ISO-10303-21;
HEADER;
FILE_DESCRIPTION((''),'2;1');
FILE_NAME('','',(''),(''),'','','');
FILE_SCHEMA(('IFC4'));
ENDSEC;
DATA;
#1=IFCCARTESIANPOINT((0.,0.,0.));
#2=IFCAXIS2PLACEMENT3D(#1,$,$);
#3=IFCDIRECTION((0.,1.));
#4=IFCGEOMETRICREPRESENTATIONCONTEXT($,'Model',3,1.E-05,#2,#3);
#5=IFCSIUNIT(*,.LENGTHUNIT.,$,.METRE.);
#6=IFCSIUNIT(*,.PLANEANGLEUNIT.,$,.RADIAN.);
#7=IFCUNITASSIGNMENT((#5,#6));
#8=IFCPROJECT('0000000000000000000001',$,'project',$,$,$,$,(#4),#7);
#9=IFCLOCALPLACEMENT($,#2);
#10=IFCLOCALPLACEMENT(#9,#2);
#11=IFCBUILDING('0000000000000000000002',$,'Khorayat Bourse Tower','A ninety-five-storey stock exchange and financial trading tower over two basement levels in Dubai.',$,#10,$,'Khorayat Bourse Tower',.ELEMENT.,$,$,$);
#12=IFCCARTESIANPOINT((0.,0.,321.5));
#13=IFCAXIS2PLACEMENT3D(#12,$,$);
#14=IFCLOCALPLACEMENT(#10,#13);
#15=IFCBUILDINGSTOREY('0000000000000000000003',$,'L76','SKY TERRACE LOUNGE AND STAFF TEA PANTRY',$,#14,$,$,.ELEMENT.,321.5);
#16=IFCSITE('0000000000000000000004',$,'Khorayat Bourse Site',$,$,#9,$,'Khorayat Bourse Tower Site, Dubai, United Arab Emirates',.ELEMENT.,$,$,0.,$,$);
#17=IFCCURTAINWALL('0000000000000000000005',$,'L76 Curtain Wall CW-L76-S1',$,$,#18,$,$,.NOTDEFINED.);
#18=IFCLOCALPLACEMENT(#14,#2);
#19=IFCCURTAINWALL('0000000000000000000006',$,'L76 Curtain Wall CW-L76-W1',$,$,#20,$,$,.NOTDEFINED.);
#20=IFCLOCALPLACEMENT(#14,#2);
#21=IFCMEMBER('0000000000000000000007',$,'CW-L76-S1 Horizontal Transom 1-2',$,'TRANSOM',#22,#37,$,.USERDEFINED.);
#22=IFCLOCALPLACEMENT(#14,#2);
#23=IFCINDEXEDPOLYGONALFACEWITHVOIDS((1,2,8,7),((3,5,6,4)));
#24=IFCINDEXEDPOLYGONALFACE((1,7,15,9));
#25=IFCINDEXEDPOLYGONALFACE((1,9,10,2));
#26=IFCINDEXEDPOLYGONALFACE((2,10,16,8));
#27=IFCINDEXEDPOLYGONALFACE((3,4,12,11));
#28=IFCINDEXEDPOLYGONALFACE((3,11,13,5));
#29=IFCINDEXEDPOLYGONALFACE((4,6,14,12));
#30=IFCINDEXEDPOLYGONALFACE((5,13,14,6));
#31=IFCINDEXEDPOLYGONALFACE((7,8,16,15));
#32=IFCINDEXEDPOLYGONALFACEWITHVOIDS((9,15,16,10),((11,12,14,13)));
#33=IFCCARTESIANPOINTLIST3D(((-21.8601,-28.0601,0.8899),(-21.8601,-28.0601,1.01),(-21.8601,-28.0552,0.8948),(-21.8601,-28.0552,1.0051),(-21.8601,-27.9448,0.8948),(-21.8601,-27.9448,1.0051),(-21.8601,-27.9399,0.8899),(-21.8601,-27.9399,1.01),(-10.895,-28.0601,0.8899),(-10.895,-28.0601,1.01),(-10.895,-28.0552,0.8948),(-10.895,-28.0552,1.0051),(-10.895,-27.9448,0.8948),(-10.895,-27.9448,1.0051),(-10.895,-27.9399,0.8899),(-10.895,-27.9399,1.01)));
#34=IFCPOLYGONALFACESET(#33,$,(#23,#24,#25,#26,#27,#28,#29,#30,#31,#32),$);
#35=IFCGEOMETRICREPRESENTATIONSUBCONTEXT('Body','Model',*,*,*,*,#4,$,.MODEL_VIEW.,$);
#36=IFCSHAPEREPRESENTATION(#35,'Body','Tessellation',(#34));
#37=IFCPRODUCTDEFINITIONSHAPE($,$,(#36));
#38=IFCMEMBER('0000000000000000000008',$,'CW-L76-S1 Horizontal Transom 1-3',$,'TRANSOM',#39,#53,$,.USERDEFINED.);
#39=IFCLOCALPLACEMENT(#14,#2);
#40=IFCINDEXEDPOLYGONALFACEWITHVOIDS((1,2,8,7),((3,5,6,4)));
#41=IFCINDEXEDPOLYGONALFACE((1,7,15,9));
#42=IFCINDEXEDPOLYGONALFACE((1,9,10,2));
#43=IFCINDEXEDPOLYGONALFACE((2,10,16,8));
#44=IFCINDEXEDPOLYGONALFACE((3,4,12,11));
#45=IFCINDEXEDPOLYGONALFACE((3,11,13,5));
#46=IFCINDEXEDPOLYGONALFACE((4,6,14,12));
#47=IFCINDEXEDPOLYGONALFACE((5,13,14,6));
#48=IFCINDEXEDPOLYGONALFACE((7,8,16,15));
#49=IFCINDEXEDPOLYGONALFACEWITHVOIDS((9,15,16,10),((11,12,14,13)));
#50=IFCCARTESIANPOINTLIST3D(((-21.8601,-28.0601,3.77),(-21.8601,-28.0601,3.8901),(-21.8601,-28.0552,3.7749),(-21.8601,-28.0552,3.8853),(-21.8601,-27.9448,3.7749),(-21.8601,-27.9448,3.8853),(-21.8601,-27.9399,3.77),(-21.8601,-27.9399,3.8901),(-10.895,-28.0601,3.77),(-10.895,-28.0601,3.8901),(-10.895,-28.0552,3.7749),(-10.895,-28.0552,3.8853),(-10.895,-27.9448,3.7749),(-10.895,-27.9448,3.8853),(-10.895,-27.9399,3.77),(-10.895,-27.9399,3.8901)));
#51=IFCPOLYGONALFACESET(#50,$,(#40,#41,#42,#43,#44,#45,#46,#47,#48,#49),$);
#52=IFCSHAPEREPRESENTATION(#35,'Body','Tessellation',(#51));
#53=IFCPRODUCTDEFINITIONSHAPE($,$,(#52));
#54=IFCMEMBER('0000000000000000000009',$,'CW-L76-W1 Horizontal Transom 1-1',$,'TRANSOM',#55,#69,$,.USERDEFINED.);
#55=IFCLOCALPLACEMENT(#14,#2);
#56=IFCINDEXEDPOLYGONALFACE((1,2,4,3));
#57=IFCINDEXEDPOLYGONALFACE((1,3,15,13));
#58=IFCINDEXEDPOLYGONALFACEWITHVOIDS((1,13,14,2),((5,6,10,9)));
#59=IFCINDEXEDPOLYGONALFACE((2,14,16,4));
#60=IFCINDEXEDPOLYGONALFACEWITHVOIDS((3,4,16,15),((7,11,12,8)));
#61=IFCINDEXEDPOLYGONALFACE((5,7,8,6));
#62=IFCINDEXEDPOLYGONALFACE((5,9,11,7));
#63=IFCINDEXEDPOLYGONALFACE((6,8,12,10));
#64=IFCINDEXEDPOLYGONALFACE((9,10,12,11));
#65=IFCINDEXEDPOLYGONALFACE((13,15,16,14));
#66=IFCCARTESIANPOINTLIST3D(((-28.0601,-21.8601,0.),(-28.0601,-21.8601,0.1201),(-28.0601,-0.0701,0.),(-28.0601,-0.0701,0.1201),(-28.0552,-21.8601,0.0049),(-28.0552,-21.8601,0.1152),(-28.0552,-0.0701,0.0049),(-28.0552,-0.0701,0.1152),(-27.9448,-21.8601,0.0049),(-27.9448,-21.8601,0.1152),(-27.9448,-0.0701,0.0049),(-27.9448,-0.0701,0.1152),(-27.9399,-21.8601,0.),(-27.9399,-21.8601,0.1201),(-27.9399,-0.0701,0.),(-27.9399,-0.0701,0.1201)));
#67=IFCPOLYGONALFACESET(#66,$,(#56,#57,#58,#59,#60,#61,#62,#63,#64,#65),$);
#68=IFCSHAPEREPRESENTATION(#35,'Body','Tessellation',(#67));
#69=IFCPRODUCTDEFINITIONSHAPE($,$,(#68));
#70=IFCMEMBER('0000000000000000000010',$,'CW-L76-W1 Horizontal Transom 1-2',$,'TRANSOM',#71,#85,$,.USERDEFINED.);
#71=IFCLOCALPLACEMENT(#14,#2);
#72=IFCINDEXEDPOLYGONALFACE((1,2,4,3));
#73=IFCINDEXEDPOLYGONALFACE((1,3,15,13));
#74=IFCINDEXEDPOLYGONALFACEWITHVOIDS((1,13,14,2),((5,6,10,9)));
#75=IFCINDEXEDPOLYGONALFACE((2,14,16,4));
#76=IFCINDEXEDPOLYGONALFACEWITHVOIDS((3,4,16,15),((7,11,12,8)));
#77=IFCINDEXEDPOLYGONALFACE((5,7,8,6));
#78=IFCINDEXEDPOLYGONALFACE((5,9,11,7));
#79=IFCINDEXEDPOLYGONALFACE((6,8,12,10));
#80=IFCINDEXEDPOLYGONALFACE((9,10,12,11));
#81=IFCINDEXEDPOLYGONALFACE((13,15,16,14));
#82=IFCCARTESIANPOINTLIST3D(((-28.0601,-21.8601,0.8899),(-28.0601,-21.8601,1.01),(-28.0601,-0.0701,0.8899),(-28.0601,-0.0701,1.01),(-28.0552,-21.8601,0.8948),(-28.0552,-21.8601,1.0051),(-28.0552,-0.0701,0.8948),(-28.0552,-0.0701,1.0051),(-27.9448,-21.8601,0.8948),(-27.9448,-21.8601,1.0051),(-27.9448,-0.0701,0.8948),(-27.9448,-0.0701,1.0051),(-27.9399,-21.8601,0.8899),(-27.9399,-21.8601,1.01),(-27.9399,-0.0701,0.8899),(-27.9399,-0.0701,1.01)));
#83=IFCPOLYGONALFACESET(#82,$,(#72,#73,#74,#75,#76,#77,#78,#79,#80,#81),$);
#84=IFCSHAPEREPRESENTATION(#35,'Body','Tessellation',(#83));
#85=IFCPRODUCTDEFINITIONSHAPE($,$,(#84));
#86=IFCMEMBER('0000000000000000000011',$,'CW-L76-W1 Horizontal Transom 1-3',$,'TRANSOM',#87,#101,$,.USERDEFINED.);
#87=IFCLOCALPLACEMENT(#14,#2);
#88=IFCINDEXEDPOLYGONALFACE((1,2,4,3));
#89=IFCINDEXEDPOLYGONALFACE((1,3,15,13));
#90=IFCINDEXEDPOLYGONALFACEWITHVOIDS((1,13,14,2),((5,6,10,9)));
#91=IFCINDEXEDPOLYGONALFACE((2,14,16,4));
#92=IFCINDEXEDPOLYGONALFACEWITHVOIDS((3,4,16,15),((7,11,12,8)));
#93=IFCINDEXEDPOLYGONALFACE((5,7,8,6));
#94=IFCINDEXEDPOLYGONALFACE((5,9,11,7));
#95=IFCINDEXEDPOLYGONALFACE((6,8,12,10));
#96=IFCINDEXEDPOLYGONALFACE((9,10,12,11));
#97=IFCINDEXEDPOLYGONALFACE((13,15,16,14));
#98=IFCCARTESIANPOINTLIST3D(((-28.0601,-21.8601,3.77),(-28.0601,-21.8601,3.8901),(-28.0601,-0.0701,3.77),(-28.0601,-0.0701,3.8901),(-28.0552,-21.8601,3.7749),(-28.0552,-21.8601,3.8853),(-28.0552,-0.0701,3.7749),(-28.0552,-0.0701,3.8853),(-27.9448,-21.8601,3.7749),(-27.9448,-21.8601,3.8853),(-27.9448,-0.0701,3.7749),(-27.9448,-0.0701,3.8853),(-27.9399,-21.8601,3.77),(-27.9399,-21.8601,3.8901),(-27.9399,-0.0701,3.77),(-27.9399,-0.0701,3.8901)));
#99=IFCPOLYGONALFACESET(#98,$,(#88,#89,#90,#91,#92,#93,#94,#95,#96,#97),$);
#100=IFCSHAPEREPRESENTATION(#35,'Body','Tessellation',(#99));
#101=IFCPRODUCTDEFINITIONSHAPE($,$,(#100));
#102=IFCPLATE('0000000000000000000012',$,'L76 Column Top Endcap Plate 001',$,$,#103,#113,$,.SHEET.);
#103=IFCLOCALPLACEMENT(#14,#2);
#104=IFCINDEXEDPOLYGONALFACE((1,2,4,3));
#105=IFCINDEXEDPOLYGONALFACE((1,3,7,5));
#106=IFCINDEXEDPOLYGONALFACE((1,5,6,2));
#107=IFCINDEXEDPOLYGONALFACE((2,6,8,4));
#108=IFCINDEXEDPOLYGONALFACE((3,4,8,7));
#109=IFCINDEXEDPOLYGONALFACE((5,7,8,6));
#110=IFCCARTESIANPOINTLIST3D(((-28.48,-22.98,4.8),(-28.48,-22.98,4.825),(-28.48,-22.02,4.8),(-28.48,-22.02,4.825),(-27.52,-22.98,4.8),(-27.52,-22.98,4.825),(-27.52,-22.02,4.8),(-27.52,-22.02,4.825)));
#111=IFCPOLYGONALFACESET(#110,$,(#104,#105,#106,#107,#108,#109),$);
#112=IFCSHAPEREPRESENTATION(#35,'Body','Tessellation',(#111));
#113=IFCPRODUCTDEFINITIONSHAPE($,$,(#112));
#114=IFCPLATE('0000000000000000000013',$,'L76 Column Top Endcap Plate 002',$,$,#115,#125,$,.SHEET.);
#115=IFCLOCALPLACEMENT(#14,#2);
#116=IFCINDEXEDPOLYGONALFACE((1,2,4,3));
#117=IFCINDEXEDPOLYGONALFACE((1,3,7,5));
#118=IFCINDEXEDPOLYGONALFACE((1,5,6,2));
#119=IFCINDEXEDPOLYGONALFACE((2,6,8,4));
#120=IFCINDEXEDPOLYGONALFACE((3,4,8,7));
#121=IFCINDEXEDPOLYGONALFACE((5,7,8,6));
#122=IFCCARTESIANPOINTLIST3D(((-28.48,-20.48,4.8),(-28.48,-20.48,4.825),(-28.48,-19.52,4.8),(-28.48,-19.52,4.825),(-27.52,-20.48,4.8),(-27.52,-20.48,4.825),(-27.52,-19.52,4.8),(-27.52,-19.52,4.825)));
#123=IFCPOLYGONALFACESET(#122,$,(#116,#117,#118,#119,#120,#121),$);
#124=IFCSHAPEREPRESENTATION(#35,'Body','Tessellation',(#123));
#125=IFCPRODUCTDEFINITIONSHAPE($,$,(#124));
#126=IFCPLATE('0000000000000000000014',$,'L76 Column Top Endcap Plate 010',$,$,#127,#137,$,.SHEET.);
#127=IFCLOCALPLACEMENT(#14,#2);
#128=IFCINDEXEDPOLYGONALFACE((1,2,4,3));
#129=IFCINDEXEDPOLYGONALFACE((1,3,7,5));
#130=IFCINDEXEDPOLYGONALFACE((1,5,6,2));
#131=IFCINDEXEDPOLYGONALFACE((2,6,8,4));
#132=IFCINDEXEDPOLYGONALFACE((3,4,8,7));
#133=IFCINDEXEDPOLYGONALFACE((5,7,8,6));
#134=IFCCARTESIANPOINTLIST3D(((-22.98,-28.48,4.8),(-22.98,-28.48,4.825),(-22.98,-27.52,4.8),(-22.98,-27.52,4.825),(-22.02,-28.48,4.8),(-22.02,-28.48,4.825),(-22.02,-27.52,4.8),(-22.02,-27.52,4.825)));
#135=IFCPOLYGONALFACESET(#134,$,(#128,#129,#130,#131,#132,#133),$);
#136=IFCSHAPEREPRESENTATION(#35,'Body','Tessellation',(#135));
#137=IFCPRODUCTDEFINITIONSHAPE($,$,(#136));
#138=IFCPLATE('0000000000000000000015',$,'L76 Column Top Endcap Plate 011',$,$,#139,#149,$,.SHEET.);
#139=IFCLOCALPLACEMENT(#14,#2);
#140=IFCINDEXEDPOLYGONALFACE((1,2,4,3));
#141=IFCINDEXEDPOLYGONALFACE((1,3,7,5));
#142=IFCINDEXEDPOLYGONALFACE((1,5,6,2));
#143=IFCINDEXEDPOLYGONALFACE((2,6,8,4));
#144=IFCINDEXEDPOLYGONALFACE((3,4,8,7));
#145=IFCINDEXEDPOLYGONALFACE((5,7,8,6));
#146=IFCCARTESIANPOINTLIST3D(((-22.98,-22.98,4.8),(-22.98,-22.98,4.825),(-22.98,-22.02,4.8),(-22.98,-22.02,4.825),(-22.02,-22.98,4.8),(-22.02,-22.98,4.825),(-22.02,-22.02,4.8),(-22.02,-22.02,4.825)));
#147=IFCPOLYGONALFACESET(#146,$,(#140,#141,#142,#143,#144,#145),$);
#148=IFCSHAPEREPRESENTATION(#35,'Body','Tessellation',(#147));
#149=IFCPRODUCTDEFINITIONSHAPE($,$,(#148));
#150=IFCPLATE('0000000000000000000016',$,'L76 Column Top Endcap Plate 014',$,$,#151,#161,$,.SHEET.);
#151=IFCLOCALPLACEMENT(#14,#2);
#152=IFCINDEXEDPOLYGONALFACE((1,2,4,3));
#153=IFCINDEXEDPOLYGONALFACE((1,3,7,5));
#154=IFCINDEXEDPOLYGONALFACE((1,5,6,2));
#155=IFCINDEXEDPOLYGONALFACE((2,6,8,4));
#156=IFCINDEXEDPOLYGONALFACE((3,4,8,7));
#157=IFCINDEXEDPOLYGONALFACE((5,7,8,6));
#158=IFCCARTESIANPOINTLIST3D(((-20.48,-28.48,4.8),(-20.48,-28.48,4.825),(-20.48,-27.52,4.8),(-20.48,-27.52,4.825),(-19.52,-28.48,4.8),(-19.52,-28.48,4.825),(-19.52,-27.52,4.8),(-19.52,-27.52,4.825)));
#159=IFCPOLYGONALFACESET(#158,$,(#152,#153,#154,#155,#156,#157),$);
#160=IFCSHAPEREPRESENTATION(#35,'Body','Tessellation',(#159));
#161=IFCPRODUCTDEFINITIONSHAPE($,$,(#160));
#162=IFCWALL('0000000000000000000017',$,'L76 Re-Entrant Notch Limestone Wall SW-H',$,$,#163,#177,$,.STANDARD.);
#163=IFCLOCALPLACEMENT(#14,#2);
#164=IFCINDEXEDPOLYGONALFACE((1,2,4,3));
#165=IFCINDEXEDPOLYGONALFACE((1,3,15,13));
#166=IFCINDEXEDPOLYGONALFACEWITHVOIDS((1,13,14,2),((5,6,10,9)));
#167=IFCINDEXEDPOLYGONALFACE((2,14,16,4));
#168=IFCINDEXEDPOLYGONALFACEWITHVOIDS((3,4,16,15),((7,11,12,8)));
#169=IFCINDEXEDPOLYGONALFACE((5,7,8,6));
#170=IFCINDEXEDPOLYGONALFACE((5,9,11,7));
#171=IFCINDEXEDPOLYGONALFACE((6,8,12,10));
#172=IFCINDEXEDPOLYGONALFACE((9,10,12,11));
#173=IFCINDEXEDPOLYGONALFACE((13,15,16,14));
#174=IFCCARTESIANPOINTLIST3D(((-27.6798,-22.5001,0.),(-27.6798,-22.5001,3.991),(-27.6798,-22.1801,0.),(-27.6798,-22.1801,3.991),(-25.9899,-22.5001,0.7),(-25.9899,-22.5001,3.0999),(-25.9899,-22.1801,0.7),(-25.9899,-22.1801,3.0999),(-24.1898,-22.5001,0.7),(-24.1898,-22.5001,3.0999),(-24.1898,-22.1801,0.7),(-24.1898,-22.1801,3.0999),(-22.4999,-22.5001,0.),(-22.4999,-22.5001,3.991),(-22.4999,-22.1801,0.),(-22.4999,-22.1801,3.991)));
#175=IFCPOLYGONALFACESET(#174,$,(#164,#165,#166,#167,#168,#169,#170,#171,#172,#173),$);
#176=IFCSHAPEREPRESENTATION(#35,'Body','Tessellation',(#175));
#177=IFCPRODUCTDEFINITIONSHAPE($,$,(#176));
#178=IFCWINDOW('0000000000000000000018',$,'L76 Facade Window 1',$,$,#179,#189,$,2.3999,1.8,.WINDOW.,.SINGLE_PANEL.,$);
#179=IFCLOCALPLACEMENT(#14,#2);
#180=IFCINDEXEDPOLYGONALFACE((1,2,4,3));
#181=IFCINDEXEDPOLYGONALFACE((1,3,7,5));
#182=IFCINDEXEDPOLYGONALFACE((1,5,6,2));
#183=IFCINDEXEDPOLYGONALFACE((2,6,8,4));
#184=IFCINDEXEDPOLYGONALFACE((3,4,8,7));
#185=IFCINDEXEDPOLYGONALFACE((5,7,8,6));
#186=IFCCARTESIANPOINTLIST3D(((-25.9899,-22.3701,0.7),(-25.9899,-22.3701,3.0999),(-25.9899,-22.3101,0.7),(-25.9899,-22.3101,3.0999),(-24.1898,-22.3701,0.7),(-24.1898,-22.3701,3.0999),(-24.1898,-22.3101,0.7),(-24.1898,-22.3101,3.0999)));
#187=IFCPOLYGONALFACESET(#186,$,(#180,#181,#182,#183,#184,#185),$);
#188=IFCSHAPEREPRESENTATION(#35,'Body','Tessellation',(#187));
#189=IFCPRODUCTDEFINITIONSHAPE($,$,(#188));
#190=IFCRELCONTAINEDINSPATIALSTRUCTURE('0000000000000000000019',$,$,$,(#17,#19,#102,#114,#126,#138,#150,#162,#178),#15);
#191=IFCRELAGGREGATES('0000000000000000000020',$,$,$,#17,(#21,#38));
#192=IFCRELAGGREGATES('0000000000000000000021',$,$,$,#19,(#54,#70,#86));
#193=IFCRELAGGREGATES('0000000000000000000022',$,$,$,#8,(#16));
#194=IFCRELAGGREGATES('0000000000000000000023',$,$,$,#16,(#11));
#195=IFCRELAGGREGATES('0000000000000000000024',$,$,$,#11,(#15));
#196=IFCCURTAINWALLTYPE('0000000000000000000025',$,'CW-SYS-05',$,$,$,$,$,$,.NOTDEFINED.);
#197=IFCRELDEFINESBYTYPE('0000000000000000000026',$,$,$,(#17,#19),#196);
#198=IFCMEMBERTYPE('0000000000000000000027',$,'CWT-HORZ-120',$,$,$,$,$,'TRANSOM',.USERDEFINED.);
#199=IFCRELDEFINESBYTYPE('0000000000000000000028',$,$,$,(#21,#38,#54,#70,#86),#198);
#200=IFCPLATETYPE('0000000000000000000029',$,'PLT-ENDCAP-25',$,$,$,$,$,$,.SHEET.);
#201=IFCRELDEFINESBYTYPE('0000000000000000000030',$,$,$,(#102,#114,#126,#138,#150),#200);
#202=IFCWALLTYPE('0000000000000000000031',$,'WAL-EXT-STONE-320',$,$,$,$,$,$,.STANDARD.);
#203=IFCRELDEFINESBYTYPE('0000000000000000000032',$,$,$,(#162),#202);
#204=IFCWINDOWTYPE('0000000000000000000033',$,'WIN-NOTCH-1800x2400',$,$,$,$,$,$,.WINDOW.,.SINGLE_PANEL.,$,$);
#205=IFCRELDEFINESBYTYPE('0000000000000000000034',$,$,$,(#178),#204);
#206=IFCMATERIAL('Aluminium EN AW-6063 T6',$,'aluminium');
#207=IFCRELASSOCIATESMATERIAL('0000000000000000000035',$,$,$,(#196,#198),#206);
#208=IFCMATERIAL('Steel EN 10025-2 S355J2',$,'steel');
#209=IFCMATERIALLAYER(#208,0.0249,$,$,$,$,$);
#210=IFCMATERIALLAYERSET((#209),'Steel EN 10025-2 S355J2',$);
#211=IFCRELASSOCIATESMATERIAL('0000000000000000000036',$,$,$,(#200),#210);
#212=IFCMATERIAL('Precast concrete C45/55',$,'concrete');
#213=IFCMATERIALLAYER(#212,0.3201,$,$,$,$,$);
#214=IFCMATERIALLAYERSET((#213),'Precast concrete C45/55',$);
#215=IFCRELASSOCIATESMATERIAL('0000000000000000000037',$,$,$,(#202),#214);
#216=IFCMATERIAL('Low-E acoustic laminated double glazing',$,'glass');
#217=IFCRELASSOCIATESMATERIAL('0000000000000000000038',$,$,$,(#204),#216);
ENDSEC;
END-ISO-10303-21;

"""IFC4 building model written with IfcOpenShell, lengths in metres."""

from ifc_helpers import new_model, si_unit, direction, frame, frame_2d, origin, origin_2d, place, context, subcontext, project, spatial, rectangle, hollow_rectangle, extrude, source, transform, mapped, material, layer, layer_set, material_profile, profile_set, type_object, element, fill, aggregate, save


model = new_model("IFC4")

# Units and contexts
model_context = context("Model", 3, precision=1e-05, world=origin(), true_north=direction((0.0, 1.0)))
body_context = subcontext(model_context, "Body", "Model", "MODEL_VIEW")
ifc_project = project(units=[si_unit("LENGTHUNIT", "METRE"), si_unit("PLANEANGLEUNIT", "RADIAN")], contexts=[model_context])

# Site, building, storey
site_placement = place(None, origin())
site = spatial("IfcSite", under=ifc_project, at=site_placement, Name="Khorayat Bourse Site", LongName="Khorayat Bourse Tower Site, Dubai, United Arab Emirates", CompositionType="ELEMENT", RefElevation=0.0)
building_placement = place(site_placement, origin())
building = spatial("IfcBuilding", under=site, at=building_placement, Name="Khorayat Bourse Tower", Description="A ninety-five-storey stock exchange and financial trading tower over two basement levels in Dubai.", LongName="Khorayat Bourse Tower", CompositionType="ELEMENT")
storey_placement = place(building_placement, frame((0.0, 0.0, 321.5)))
storey = spatial("IfcBuildingStorey", under=building, at=storey_placement, Name="L76", Description="SKY TERRACE LOUNGE AND STAFF TEA PANTRY", CompositionType="ELEMENT", Elevation=321.5)

# Curtain walls
ifc_material_1 = material(Name="Aluminium EN AW-6063 T6", Category="aluminium")
curtain_wall_type = type_object("IfcCurtainWallType", Name="CW-SYS-05", PredefinedType="NOTDEFINED", material=ifc_material_1)
curtain_wall_1_placement = place(storey_placement, origin())
curtain_wall_1 = element("IfcCurtainWall", 1, at=curtain_wall_1_placement, inside=storey, type_object=curtain_wall_type, Name="L76 Curtain Wall CW-L76-S1", PredefinedType="NOTDEFINED")
curtain_wall_2_placement = place(storey_placement, origin())
curtain_wall_2 = element("IfcCurtainWall", 2, at=curtain_wall_2_placement, inside=storey, type_object=curtain_wall_type, Name="L76 Curtain Wall CW-L76-W1", PredefinedType="NOTDEFINED")

# Members
ifc_material_profile_1 = material_profile(ifc_material_1, hollow_rectangle(XDim=0.1201, YDim=0.1201, WallThickness=0.0049, at=origin_2d()), Name="ALU 120x120x5")
ifc_profile_set_1 = profile_set([ifc_material_profile_1], Name="Aluminium EN AW-6063 T6")
member_type_1 = type_object("IfcMemberType", Name="CWT-HORZ-120", ElementType="TRANSOM", PredefinedType="USERDEFINED", material=ifc_profile_set_1)
shared_shape_1 = source(origin(), body_context, "Body", "SweptSolid", [
    extrude(hollow_rectangle(XDim=0.1201, YDim=0.1201, WallThickness=0.0049, at=origin_2d()), origin(), (0.0, 0.0, 1.0), 10.9651),
])
member_1_placement = place(storey_placement, frame((-21.8601, -28.0, 0.95), z_axis=(1.0, 0.0, 0.0), x_axis=(0.0, 1.0, 0.0)))
member_1 = element("IfcMember", 3, at=member_1_placement, type_object=member_type_1, Name="CW-L76-S1 Horizontal Transom 1-2", ObjectType="TRANSOM", PredefinedType="USERDEFINED", context=body_context, shape_type="MappedRepresentation", body=[
    mapped(shared_shape_1, transform((0.0, 0.0, 0.0), scale=1.0)),
])
member_2_placement = place(storey_placement, frame((-21.8601, -28.0, 3.8301), z_axis=(1.0, 0.0, 0.0), x_axis=(0.0, 1.0, 0.0)))
member_2 = element("IfcMember", 4, at=member_2_placement, type_object=member_type_1, Name="CW-L76-S1 Horizontal Transom 1-3", ObjectType="TRANSOM", PredefinedType="USERDEFINED", context=body_context, shape_type="MappedRepresentation", body=[
    mapped(shared_shape_1, transform((0.0, 0.0, 0.0), scale=1.0)),
])
aggregate(curtain_wall_1, [member_1, member_2])
shared_shape_2 = source(origin(), body_context, "Body", "SweptSolid", [
    extrude(hollow_rectangle(XDim=0.1201, YDim=0.1201, WallThickness=0.0049, at=origin_2d()), origin(), (0.0, 0.0, 1.0), 21.79),
])
member_3_placement = place(storey_placement, frame((-28.0, -21.8601, 0.0601), z_axis=(0.0, 1.0, 0.0), x_axis=(-1.0, 0.0, 0.0)))
member_3 = element("IfcMember", 5, at=member_3_placement, type_object=member_type_1, Name="CW-L76-W1 Horizontal Transom 1-1", ObjectType="TRANSOM", PredefinedType="USERDEFINED", context=body_context, shape_type="MappedRepresentation", body=[
    mapped(shared_shape_2, transform((0.0, 0.0, 0.0), scale=1.0)),
])
member_4_placement = place(storey_placement, frame((-28.0, -21.8601, 0.95), z_axis=(0.0, 1.0, 0.0), x_axis=(-1.0, 0.0, 0.0)))
member_4 = element("IfcMember", 6, at=member_4_placement, type_object=member_type_1, Name="CW-L76-W1 Horizontal Transom 1-2", ObjectType="TRANSOM", PredefinedType="USERDEFINED", context=body_context, shape_type="MappedRepresentation", body=[
    mapped(shared_shape_2, transform((0.0, 0.0, 0.0), scale=1.0)),
])
member_5_placement = place(storey_placement, frame((-28.0, -21.8601, 3.8301), z_axis=(0.0, 1.0, 0.0), x_axis=(-1.0, 0.0, 0.0)))
member_5 = element("IfcMember", 7, at=member_5_placement, type_object=member_type_1, Name="CW-L76-W1 Horizontal Transom 1-3", ObjectType="TRANSOM", PredefinedType="USERDEFINED", context=body_context, shape_type="MappedRepresentation", body=[
    mapped(shared_shape_2, transform((0.0, 0.0, 0.0), scale=1.0)),
])
aggregate(curtain_wall_2, [member_3, member_4, member_5])

# Plates
ifc_material_2 = material(Name="Steel EN 10025-2 S355J2", Category="steel")
ifc_layer_1 = layer(ifc_material_2, 0.0249)
ifc_layer_set_1 = layer_set([ifc_layer_1], Name="Steel EN 10025-2 S355J2")
plate_type = type_object("IfcPlateType", Name="PLT-ENDCAP-25", PredefinedType="SHEET", material=ifc_layer_set_1)
shared_shape_3 = source(origin(), body_context, "Body", "SweptSolid", [
    extrude(rectangle(XDim=0.96, YDim=0.96, at=origin_2d()), origin(), (0.0, 0.0, 1.0), 0.0249),
])
for number, where, z_axis, x_axis, name in (
    (8, (-28.0, -22.5, 4.8), (0.0, 0.0, 1.0), (1.0, 0.0, 0.0), "L76 Column Top Endcap Plate 001"),
    (9, (-28.0, -20.0, 4.8), (0.0, 0.0, 1.0), (1.0, 0.0, 0.0), "L76 Column Top Endcap Plate 002"),
    (10, (-22.5, -28.0, 4.8), (0.0, 0.0, 1.0), (1.0, 0.0, 0.0), "L76 Column Top Endcap Plate 010"),
    (11, (-22.5, -22.5, 4.8), (0.0, 0.0, 1.0), (1.0, 0.0, 0.0), "L76 Column Top Endcap Plate 011"),
    (12, (-20.0, -28.0, 4.8), (0.0, 0.0, 1.0), (1.0, 0.0, 0.0), "L76 Column Top Endcap Plate 014"),
):
    element("IfcPlate", number, at=place(storey_placement, frame(where, z_axis=z_axis, x_axis=x_axis)), inside=storey, type_object=plate_type, Name=name, PredefinedType="SHEET", context=body_context, shape_type="MappedRepresentation", body=[
        mapped(shared_shape_3, transform((0.0, 0.0, 0.0), scale=1.0)),
    ])

# Wall, opening, window
ifc_material_3 = material(Name="Precast concrete C45/55", Category="concrete")
ifc_layer_2 = layer(ifc_material_3, 0.3201)
ifc_layer_set_2 = layer_set([ifc_layer_2], Name="Precast concrete C45/55")
wall_type = type_object("IfcWallType", Name="WAL-EXT-STONE-320", PredefinedType="STANDARD", material=ifc_layer_set_2)
shared_shape_4 = source(origin(), body_context, "Body", "SweptSolid", [
    extrude(rectangle(XDim=5.1799, YDim=0.3201, at=frame_2d((2.5898, 0.0))), origin(), (0.0, 0.0, 1.0), 3.991),
])
wall_1_placement = place(storey_placement, frame((-22.5, -22.3401, 0.0), z_axis=(0.0, 0.0, 1.0), x_axis=(-1.0, 0.0, 0.0)))
wall_1 = element("IfcWall", 13, at=wall_1_placement, inside=storey, type_object=wall_type, Name="L76 Re-Entrant Notch Limestone Wall SW-H", PredefinedType="STANDARD", context=body_context, shape_type="MappedRepresentation", body=[
    mapped(shared_shape_4, transform((0.0, 0.0, 0.0), scale=1.0)),
])
shared_shape_5 = source(origin(), body_context, "Body", "SweptSolid", [
    extrude(rectangle(XDim=1.8, YDim=2.3999, at=frame_2d((0.8999, 1.2))), frame((0.0, 0.1699, 0.0), z_axis=(0.0, -1.0, 0.0), x_axis=(1.0, 0.0, 0.0)), (0.0, 0.0, 1.0), 0.3401),
])
opening_1_placement = place(wall_1_placement, frame((1.6899, 0.0, 0.7)))
opening_1 = element("IfcOpeningElement", 14, at=opening_1_placement, cuts=wall_1, PredefinedType="OPENING", context=body_context, shape_type="MappedRepresentation", body=[
    mapped(shared_shape_5, transform((0.0, 0.0, 0.0), scale=1.0)),
])
ifc_material_4 = material(Name="Low-E acoustic laminated double glazing", Category="glass")
window_type = type_object("IfcWindowType", Name="WIN-NOTCH-1800x2400", PartitioningType="SINGLE_PANEL", PredefinedType="WINDOW", material=ifc_material_4)
shared_shape_6 = source(origin(), body_context, "Body", "SweptSolid", [
    extrude(rectangle(XDim=1.8, YDim=2.3999, at=frame_2d((0.8999, 1.2))), frame((0.0, 0.03, 0.0), z_axis=(0.0, -1.0, 0.0), x_axis=(1.0, 0.0, 0.0)), (0.0, 0.0, 1.0), 0.0601),
])
window_1_placement = place(opening_1_placement, origin())
window_1 = element("IfcWindow", 15, at=window_1_placement, inside=storey, type_object=window_type, Name="L76 Facade Window 1", OverallHeight=2.3999, OverallWidth=1.8, PartitioningType="SINGLE_PANEL", PredefinedType="WINDOW", context=body_context, shape_type="MappedRepresentation", body=[
    mapped(shared_shape_6, transform((0.0, 0.0, 0.0), scale=1.0)),
])
fill(opening_1, window_1)

save(model, "model.ifc")
